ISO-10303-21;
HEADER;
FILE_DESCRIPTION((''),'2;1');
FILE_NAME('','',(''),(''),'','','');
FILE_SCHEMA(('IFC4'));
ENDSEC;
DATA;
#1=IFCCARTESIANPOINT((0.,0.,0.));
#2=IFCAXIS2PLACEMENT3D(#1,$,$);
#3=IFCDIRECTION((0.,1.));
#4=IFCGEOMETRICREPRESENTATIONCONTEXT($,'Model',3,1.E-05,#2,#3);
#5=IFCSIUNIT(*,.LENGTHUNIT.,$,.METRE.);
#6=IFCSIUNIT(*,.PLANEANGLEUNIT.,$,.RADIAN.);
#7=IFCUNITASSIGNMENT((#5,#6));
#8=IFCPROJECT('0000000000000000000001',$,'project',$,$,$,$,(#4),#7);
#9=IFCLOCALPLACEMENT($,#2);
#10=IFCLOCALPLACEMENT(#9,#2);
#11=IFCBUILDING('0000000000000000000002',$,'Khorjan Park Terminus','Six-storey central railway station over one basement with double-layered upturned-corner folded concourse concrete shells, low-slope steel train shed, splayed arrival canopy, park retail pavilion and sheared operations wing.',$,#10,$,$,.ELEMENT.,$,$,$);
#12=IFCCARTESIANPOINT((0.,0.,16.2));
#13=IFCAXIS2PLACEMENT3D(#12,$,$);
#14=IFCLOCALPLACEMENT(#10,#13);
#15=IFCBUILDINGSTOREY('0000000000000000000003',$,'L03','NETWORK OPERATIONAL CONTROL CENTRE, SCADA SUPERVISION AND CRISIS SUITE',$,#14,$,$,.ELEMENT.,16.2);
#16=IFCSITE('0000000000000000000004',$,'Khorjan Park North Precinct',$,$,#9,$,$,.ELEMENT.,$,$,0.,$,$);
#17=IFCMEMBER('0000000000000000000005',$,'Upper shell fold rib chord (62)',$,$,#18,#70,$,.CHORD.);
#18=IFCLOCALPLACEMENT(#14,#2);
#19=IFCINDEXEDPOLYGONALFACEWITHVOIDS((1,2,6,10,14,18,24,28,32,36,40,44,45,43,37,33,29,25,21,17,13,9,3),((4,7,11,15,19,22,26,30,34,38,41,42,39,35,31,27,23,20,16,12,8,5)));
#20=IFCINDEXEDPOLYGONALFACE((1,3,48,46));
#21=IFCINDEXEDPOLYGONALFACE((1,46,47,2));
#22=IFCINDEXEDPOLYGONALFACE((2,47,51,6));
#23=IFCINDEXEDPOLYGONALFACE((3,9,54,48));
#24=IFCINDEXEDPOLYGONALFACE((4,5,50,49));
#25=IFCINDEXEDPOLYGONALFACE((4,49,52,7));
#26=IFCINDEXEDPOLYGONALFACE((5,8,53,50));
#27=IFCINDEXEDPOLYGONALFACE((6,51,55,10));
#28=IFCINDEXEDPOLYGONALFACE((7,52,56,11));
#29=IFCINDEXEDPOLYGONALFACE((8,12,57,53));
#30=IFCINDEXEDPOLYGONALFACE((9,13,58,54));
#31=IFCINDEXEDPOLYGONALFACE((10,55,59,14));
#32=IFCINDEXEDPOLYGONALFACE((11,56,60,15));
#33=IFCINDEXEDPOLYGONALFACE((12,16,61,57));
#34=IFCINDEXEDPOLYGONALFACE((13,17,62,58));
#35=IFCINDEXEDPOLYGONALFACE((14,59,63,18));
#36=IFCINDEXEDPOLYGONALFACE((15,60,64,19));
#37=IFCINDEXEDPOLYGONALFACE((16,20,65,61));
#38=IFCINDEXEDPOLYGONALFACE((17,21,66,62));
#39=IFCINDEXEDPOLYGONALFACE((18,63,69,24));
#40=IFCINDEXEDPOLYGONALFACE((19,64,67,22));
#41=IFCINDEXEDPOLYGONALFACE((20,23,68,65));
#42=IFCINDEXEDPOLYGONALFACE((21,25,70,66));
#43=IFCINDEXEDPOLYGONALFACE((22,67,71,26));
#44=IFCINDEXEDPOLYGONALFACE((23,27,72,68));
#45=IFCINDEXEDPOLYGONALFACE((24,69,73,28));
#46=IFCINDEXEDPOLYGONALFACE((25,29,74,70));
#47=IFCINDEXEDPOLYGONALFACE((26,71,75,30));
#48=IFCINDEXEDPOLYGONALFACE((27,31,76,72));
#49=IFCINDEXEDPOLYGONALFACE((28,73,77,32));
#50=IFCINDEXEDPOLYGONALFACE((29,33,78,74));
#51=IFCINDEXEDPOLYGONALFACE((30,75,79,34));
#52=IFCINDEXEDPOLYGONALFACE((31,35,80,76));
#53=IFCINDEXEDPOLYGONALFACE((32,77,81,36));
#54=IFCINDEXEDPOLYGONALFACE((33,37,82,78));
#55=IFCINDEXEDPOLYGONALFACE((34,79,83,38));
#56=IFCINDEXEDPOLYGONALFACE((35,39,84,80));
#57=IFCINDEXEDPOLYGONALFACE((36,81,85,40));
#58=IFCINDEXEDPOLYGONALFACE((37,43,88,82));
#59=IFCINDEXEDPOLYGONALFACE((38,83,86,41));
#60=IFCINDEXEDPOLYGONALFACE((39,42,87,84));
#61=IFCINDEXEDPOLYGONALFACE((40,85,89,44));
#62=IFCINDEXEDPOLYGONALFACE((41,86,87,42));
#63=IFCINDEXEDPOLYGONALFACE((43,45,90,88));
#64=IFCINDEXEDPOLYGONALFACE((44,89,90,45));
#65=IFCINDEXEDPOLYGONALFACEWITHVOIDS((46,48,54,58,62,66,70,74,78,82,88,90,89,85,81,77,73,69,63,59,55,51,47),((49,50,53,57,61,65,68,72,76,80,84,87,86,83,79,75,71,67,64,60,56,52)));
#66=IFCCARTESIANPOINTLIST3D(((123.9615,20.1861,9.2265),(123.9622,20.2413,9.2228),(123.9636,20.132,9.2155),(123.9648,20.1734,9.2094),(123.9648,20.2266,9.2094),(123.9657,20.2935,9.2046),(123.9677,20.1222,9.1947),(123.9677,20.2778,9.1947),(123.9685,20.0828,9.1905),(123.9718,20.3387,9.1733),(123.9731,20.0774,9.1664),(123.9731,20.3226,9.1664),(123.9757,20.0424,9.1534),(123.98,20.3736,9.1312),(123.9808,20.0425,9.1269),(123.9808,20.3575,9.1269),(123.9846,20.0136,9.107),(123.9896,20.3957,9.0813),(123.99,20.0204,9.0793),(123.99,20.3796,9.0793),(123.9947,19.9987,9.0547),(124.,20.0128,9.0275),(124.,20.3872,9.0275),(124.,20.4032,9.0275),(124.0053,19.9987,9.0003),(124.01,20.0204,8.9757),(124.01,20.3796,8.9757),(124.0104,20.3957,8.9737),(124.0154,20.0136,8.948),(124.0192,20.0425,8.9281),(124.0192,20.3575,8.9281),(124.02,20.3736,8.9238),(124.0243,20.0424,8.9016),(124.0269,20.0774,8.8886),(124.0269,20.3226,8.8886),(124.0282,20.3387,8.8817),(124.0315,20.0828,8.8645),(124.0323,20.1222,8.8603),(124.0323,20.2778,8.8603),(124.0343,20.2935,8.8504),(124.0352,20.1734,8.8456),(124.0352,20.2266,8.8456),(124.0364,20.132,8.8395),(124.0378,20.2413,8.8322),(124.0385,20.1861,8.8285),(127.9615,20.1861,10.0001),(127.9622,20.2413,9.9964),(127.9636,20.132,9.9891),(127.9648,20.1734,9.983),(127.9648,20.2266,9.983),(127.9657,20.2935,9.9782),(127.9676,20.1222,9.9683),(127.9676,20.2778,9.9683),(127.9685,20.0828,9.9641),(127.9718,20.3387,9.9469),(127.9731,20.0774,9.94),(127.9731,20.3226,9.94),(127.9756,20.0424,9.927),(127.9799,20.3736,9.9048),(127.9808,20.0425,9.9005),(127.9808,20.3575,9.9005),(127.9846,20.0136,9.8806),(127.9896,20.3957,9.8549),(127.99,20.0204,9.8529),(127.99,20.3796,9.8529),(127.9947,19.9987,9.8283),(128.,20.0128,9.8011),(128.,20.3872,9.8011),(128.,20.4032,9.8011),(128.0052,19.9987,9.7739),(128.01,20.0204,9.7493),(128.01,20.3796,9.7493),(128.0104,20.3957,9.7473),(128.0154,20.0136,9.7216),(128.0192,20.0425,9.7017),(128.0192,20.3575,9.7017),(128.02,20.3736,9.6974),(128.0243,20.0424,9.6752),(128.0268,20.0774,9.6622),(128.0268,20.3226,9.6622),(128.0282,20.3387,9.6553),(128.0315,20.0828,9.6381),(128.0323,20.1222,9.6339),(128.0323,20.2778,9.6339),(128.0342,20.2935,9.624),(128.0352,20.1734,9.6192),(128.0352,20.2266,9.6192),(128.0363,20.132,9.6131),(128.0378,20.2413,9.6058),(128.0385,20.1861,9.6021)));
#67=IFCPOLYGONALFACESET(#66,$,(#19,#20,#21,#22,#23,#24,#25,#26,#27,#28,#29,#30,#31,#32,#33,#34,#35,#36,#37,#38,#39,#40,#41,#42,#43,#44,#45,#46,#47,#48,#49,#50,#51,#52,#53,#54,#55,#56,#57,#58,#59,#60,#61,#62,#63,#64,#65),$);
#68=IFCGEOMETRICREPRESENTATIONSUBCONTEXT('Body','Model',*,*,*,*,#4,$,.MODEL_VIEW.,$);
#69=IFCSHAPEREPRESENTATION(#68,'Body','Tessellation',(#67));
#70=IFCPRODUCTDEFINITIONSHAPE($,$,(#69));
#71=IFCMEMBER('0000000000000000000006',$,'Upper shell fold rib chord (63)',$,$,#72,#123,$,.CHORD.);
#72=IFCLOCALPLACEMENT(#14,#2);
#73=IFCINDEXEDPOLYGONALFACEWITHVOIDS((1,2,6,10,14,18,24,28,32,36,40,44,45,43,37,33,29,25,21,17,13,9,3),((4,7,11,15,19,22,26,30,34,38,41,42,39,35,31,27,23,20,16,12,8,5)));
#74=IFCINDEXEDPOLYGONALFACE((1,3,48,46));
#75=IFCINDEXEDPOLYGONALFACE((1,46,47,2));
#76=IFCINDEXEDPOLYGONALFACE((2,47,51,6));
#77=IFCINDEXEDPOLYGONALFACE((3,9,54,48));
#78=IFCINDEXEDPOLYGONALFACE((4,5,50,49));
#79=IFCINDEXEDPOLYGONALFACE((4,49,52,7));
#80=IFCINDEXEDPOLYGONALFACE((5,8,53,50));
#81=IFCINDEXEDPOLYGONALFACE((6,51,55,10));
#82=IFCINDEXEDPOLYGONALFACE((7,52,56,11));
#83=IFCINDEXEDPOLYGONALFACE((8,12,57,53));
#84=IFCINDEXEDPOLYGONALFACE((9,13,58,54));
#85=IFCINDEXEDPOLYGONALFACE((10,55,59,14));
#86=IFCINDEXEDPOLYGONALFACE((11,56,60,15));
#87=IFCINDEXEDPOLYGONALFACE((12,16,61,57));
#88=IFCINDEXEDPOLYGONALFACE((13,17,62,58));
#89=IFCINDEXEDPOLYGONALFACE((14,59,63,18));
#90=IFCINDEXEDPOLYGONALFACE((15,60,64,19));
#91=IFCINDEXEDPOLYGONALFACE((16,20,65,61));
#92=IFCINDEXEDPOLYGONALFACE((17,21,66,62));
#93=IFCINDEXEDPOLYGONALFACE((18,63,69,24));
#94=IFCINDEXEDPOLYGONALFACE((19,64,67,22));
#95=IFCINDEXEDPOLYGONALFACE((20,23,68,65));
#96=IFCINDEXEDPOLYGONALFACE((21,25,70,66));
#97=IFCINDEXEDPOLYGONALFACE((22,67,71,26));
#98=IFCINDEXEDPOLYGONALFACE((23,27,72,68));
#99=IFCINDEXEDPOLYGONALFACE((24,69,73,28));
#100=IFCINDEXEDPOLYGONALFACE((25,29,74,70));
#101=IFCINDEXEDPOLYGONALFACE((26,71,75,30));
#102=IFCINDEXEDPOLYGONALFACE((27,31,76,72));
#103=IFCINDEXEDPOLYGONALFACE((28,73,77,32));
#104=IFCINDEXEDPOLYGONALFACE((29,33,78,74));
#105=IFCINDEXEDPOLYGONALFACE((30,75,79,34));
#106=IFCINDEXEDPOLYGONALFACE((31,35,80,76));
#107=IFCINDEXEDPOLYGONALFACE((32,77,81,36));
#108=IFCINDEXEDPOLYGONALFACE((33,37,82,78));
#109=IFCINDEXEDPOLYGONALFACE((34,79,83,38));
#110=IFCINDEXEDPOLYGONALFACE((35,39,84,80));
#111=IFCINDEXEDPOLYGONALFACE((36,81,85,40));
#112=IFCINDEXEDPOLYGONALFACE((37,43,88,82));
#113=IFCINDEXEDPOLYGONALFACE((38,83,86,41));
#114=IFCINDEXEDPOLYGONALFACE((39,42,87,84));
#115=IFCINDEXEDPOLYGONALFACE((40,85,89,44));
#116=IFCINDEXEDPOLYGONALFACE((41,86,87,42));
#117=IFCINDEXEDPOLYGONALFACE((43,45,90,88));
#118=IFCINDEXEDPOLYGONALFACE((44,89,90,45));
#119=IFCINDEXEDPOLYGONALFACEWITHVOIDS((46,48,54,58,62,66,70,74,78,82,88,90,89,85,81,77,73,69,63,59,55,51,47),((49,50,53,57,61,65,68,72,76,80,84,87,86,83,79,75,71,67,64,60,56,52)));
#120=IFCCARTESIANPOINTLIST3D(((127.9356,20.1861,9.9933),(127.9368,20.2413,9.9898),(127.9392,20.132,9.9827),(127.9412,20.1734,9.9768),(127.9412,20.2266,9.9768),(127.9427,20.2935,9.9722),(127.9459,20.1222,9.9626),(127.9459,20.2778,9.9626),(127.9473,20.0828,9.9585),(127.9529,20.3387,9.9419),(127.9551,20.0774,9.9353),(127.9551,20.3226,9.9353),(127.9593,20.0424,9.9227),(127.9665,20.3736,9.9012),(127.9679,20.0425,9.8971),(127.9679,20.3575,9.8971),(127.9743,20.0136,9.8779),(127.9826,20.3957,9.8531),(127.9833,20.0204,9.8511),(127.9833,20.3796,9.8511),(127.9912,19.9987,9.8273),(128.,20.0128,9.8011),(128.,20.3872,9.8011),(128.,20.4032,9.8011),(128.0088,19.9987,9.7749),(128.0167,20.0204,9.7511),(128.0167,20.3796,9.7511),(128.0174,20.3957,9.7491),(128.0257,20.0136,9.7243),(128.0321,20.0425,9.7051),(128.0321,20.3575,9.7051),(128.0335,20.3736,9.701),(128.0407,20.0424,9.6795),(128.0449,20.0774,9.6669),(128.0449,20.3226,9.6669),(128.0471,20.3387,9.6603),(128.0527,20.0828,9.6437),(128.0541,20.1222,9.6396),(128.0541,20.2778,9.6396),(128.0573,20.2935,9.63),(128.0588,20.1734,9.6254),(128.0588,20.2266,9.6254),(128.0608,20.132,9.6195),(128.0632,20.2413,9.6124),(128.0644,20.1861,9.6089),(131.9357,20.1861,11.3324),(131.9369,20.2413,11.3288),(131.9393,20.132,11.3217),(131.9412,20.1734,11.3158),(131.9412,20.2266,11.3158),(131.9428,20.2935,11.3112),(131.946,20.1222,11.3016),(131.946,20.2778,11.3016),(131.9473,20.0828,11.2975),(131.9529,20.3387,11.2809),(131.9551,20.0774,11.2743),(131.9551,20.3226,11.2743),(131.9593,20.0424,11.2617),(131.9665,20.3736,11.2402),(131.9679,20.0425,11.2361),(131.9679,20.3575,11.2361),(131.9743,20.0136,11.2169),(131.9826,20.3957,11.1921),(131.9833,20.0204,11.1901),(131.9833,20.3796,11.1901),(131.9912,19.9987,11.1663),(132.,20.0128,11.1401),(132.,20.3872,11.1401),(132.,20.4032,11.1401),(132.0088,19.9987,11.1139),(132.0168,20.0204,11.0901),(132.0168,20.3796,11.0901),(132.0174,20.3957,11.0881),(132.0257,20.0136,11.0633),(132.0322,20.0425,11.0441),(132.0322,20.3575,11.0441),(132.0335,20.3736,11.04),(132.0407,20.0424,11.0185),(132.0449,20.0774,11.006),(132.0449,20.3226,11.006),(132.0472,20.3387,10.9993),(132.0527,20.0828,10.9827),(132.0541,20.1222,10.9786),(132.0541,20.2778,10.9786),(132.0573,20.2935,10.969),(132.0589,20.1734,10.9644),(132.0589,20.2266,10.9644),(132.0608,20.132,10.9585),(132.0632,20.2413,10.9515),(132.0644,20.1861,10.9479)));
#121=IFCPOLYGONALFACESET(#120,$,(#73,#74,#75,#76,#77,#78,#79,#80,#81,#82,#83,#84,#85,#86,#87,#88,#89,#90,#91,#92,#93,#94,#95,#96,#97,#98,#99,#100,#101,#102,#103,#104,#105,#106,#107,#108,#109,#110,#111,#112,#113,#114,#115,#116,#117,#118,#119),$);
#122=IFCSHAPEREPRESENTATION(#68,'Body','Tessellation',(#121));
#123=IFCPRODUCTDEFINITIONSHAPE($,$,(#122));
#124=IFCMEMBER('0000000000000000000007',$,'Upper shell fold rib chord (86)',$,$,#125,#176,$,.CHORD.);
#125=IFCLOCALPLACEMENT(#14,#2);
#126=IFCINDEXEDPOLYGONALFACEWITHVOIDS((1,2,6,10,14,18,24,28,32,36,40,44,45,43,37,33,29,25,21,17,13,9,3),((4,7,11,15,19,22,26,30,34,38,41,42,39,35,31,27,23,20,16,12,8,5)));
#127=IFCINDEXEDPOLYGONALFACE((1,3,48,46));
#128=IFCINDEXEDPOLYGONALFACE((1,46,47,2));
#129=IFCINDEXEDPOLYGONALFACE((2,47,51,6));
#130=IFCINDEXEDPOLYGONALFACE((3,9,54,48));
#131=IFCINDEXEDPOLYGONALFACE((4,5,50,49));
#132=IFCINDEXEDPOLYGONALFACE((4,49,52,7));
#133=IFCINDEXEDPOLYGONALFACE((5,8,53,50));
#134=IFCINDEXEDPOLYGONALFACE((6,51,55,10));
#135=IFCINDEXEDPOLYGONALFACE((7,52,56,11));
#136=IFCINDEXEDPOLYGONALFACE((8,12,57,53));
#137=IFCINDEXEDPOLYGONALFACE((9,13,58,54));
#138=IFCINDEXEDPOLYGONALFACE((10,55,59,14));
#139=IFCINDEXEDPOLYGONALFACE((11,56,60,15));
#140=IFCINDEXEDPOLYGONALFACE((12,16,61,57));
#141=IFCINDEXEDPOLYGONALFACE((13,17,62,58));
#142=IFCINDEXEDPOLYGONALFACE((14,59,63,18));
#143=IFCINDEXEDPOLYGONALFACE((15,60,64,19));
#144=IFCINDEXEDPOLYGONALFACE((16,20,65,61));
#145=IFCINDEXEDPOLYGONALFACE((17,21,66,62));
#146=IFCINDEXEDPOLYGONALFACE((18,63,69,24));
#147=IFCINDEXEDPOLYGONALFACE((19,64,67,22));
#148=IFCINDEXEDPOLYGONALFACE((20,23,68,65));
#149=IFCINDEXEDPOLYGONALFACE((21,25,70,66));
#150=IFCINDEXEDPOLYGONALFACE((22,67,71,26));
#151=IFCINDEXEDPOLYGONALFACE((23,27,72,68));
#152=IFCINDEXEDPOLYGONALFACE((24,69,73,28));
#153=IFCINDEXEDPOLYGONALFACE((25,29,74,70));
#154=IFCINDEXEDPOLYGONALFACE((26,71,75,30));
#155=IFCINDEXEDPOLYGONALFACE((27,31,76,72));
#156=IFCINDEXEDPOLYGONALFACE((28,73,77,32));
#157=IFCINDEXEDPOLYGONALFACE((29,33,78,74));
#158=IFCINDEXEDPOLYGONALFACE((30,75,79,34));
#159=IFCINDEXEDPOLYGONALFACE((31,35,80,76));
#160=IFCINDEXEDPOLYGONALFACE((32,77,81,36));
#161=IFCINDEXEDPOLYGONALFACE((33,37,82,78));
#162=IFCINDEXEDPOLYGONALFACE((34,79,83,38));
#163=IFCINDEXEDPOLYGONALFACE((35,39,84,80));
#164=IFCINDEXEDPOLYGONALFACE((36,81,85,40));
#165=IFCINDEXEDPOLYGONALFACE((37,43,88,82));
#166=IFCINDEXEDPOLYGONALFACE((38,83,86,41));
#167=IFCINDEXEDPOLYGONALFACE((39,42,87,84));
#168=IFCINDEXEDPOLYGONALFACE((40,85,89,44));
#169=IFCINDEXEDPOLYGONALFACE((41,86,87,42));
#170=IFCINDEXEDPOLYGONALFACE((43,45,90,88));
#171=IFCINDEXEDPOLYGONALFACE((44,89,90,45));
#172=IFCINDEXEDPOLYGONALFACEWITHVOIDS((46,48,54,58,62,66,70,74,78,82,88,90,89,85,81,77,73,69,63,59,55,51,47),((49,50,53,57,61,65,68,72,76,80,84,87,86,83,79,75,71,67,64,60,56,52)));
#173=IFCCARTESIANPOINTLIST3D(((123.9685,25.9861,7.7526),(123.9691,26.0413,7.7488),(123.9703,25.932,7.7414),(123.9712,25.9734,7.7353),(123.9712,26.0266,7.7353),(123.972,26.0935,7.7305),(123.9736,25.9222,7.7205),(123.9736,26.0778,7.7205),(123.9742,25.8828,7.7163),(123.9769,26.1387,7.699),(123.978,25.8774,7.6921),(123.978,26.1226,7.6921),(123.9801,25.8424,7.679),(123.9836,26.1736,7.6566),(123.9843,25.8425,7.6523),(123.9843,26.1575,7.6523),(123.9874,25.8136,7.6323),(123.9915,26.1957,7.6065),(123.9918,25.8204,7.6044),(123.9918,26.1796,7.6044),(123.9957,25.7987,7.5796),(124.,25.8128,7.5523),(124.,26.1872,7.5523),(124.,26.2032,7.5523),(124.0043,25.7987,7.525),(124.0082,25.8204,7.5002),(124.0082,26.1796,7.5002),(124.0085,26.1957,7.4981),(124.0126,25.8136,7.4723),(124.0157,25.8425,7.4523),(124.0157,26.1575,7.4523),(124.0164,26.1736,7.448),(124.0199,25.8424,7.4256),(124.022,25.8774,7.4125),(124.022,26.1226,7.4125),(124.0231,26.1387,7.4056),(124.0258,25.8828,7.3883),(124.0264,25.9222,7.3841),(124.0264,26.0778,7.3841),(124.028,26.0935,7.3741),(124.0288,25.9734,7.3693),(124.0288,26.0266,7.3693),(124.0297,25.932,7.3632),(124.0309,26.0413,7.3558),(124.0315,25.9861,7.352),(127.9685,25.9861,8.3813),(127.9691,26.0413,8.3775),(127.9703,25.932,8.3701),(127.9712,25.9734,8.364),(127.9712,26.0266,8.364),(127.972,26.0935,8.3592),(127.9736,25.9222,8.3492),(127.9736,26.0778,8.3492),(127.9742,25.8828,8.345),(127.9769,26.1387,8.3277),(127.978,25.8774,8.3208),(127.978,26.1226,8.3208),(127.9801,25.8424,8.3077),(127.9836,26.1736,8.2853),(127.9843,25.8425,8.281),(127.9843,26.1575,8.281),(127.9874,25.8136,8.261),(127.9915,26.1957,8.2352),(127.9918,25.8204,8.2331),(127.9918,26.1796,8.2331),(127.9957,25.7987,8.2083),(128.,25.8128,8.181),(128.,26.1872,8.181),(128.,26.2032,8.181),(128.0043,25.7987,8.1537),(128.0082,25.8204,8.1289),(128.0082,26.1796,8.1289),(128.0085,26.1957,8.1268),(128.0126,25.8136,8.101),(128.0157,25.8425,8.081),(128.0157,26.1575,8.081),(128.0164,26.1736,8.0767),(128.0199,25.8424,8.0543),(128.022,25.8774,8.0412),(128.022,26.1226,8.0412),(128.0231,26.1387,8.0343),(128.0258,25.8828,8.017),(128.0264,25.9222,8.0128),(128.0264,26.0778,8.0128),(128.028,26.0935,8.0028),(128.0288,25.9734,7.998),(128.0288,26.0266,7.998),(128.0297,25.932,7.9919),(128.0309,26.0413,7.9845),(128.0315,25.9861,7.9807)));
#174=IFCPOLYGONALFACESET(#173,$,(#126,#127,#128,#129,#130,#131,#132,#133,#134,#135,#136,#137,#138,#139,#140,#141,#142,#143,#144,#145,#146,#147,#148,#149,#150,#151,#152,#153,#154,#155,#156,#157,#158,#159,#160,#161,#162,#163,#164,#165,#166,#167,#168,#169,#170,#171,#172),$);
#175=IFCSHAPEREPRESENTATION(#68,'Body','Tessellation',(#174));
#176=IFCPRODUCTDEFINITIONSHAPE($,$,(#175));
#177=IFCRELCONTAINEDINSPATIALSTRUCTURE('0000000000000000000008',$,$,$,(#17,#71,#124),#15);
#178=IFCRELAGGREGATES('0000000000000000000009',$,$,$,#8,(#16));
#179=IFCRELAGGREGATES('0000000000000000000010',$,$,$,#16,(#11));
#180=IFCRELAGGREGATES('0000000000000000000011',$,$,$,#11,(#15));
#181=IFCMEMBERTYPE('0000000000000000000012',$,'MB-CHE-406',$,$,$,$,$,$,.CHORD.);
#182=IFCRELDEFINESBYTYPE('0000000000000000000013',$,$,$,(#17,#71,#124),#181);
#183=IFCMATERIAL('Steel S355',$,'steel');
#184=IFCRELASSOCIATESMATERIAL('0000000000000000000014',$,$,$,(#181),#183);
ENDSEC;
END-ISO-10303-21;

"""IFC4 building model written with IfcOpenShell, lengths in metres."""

from ifc_helpers import new_model, si_unit, direction, frame, origin, origin_2d, place, context, subcontext, project, spatial, hollow_circle, extrude, material, material_profile, profile_set, type_object, element, save


model = new_model("IFC4")

# Units and contexts
model_context = context("Model", 3, precision=1e-05, world=origin(), true_north=direction((0.0, 1.0)))
body_context = subcontext(model_context, "Body", "Model", "MODEL_VIEW")
ifc_project = project(units=[si_unit("LENGTHUNIT", "METRE"), si_unit("PLANEANGLEUNIT", "RADIAN")], contexts=[model_context])

# Site, building, storey
site_placement = place(None, origin())
site = spatial("IfcSite", under=ifc_project, at=site_placement, Name="Khorjan Park North Precinct", CompositionType="ELEMENT", RefElevation=0.0)
building_placement = place(site_placement, origin())
building = spatial("IfcBuilding", under=site, at=building_placement, Name="Khorjan Park Terminus", Description="Six-storey central railway station over one basement with double-layered upturned-corner folded concourse concrete shells, low-slope steel train shed, splayed arrival canopy, park retail pavilion and sheared operations wing.", CompositionType="ELEMENT")
storey_placement = place(building_placement, frame((0.0, 0.0, 16.2)))
storey = spatial("IfcBuildingStorey", under=building, at=storey_placement, Name="L03", Description="NETWORK OPERATIONAL CONTROL CENTRE, SCADA SUPERVISION AND CRISIS SUITE", CompositionType="ELEMENT", Elevation=16.2)

# Members
ifc_material = material(Name="Steel S355", Category="steel")
ifc_material_profile_1 = material_profile(ifc_material, hollow_circle(Radius=0.2032, WallThickness=0.016, at=origin_2d()), Name="CHS 406.4x16")
ifc_profile_set_1 = profile_set([ifc_material_profile_1], Name="Steel S355")
member_type_1 = type_object("IfcMemberType", Name="MB-CHE-406", PredefinedType="CHORD", material=ifc_profile_set_1)
member_1_placement = place(storey_placement, frame((124.0, 20.2, 9.0275), z_axis=(0.981807, 0.0, 0.189881), x_axis=(0.0, 1.0, 0.0)))
element("IfcMember", 1, at=member_1_placement, inside=storey, type_object=member_type_1, Name="Upper shell fold rib chord (62)", PredefinedType="CHORD", context=body_context, shape_type="SweptSolid", body=[
    extrude(hollow_circle(Radius=0.2032, WallThickness=0.016, at=origin_2d()), origin(), (0.0, 0.0, 1.0), 4.0741),
])
member_2_placement = place(storey_placement, frame((128.0, 20.2, 9.8011), z_axis=(0.94828, 0.0, 0.317437), x_axis=(0.0, 1.0, 0.0)))
element("IfcMember", 2, at=member_2_placement, inside=storey, type_object=member_type_1, Name="Upper shell fold rib chord (63)", PredefinedType="CHORD", context=body_context, shape_type="SweptSolid", body=[
    extrude(hollow_circle(Radius=0.2032, WallThickness=0.016, at=origin_2d()), origin(), (0.0, 0.0, 1.0), 4.2182),
])
member_3_placement = place(storey_placement, frame((124.0, 26.0, 7.5523), z_axis=(0.987872, 0.0, 0.155269), x_axis=(0.0, 1.0, 0.0)))
element("IfcMember", 3, at=member_3_placement, inside=storey, type_object=member_type_1, Name="Upper shell fold rib chord (86)", PredefinedType="CHORD", context=body_context, shape_type="SweptSolid", body=[
    extrude(hollow_circle(Radius=0.2032, WallThickness=0.016, at=origin_2d()), origin(), (0.0, 0.0, 1.0), 4.0491),
])

save(model, "model.ifc")
